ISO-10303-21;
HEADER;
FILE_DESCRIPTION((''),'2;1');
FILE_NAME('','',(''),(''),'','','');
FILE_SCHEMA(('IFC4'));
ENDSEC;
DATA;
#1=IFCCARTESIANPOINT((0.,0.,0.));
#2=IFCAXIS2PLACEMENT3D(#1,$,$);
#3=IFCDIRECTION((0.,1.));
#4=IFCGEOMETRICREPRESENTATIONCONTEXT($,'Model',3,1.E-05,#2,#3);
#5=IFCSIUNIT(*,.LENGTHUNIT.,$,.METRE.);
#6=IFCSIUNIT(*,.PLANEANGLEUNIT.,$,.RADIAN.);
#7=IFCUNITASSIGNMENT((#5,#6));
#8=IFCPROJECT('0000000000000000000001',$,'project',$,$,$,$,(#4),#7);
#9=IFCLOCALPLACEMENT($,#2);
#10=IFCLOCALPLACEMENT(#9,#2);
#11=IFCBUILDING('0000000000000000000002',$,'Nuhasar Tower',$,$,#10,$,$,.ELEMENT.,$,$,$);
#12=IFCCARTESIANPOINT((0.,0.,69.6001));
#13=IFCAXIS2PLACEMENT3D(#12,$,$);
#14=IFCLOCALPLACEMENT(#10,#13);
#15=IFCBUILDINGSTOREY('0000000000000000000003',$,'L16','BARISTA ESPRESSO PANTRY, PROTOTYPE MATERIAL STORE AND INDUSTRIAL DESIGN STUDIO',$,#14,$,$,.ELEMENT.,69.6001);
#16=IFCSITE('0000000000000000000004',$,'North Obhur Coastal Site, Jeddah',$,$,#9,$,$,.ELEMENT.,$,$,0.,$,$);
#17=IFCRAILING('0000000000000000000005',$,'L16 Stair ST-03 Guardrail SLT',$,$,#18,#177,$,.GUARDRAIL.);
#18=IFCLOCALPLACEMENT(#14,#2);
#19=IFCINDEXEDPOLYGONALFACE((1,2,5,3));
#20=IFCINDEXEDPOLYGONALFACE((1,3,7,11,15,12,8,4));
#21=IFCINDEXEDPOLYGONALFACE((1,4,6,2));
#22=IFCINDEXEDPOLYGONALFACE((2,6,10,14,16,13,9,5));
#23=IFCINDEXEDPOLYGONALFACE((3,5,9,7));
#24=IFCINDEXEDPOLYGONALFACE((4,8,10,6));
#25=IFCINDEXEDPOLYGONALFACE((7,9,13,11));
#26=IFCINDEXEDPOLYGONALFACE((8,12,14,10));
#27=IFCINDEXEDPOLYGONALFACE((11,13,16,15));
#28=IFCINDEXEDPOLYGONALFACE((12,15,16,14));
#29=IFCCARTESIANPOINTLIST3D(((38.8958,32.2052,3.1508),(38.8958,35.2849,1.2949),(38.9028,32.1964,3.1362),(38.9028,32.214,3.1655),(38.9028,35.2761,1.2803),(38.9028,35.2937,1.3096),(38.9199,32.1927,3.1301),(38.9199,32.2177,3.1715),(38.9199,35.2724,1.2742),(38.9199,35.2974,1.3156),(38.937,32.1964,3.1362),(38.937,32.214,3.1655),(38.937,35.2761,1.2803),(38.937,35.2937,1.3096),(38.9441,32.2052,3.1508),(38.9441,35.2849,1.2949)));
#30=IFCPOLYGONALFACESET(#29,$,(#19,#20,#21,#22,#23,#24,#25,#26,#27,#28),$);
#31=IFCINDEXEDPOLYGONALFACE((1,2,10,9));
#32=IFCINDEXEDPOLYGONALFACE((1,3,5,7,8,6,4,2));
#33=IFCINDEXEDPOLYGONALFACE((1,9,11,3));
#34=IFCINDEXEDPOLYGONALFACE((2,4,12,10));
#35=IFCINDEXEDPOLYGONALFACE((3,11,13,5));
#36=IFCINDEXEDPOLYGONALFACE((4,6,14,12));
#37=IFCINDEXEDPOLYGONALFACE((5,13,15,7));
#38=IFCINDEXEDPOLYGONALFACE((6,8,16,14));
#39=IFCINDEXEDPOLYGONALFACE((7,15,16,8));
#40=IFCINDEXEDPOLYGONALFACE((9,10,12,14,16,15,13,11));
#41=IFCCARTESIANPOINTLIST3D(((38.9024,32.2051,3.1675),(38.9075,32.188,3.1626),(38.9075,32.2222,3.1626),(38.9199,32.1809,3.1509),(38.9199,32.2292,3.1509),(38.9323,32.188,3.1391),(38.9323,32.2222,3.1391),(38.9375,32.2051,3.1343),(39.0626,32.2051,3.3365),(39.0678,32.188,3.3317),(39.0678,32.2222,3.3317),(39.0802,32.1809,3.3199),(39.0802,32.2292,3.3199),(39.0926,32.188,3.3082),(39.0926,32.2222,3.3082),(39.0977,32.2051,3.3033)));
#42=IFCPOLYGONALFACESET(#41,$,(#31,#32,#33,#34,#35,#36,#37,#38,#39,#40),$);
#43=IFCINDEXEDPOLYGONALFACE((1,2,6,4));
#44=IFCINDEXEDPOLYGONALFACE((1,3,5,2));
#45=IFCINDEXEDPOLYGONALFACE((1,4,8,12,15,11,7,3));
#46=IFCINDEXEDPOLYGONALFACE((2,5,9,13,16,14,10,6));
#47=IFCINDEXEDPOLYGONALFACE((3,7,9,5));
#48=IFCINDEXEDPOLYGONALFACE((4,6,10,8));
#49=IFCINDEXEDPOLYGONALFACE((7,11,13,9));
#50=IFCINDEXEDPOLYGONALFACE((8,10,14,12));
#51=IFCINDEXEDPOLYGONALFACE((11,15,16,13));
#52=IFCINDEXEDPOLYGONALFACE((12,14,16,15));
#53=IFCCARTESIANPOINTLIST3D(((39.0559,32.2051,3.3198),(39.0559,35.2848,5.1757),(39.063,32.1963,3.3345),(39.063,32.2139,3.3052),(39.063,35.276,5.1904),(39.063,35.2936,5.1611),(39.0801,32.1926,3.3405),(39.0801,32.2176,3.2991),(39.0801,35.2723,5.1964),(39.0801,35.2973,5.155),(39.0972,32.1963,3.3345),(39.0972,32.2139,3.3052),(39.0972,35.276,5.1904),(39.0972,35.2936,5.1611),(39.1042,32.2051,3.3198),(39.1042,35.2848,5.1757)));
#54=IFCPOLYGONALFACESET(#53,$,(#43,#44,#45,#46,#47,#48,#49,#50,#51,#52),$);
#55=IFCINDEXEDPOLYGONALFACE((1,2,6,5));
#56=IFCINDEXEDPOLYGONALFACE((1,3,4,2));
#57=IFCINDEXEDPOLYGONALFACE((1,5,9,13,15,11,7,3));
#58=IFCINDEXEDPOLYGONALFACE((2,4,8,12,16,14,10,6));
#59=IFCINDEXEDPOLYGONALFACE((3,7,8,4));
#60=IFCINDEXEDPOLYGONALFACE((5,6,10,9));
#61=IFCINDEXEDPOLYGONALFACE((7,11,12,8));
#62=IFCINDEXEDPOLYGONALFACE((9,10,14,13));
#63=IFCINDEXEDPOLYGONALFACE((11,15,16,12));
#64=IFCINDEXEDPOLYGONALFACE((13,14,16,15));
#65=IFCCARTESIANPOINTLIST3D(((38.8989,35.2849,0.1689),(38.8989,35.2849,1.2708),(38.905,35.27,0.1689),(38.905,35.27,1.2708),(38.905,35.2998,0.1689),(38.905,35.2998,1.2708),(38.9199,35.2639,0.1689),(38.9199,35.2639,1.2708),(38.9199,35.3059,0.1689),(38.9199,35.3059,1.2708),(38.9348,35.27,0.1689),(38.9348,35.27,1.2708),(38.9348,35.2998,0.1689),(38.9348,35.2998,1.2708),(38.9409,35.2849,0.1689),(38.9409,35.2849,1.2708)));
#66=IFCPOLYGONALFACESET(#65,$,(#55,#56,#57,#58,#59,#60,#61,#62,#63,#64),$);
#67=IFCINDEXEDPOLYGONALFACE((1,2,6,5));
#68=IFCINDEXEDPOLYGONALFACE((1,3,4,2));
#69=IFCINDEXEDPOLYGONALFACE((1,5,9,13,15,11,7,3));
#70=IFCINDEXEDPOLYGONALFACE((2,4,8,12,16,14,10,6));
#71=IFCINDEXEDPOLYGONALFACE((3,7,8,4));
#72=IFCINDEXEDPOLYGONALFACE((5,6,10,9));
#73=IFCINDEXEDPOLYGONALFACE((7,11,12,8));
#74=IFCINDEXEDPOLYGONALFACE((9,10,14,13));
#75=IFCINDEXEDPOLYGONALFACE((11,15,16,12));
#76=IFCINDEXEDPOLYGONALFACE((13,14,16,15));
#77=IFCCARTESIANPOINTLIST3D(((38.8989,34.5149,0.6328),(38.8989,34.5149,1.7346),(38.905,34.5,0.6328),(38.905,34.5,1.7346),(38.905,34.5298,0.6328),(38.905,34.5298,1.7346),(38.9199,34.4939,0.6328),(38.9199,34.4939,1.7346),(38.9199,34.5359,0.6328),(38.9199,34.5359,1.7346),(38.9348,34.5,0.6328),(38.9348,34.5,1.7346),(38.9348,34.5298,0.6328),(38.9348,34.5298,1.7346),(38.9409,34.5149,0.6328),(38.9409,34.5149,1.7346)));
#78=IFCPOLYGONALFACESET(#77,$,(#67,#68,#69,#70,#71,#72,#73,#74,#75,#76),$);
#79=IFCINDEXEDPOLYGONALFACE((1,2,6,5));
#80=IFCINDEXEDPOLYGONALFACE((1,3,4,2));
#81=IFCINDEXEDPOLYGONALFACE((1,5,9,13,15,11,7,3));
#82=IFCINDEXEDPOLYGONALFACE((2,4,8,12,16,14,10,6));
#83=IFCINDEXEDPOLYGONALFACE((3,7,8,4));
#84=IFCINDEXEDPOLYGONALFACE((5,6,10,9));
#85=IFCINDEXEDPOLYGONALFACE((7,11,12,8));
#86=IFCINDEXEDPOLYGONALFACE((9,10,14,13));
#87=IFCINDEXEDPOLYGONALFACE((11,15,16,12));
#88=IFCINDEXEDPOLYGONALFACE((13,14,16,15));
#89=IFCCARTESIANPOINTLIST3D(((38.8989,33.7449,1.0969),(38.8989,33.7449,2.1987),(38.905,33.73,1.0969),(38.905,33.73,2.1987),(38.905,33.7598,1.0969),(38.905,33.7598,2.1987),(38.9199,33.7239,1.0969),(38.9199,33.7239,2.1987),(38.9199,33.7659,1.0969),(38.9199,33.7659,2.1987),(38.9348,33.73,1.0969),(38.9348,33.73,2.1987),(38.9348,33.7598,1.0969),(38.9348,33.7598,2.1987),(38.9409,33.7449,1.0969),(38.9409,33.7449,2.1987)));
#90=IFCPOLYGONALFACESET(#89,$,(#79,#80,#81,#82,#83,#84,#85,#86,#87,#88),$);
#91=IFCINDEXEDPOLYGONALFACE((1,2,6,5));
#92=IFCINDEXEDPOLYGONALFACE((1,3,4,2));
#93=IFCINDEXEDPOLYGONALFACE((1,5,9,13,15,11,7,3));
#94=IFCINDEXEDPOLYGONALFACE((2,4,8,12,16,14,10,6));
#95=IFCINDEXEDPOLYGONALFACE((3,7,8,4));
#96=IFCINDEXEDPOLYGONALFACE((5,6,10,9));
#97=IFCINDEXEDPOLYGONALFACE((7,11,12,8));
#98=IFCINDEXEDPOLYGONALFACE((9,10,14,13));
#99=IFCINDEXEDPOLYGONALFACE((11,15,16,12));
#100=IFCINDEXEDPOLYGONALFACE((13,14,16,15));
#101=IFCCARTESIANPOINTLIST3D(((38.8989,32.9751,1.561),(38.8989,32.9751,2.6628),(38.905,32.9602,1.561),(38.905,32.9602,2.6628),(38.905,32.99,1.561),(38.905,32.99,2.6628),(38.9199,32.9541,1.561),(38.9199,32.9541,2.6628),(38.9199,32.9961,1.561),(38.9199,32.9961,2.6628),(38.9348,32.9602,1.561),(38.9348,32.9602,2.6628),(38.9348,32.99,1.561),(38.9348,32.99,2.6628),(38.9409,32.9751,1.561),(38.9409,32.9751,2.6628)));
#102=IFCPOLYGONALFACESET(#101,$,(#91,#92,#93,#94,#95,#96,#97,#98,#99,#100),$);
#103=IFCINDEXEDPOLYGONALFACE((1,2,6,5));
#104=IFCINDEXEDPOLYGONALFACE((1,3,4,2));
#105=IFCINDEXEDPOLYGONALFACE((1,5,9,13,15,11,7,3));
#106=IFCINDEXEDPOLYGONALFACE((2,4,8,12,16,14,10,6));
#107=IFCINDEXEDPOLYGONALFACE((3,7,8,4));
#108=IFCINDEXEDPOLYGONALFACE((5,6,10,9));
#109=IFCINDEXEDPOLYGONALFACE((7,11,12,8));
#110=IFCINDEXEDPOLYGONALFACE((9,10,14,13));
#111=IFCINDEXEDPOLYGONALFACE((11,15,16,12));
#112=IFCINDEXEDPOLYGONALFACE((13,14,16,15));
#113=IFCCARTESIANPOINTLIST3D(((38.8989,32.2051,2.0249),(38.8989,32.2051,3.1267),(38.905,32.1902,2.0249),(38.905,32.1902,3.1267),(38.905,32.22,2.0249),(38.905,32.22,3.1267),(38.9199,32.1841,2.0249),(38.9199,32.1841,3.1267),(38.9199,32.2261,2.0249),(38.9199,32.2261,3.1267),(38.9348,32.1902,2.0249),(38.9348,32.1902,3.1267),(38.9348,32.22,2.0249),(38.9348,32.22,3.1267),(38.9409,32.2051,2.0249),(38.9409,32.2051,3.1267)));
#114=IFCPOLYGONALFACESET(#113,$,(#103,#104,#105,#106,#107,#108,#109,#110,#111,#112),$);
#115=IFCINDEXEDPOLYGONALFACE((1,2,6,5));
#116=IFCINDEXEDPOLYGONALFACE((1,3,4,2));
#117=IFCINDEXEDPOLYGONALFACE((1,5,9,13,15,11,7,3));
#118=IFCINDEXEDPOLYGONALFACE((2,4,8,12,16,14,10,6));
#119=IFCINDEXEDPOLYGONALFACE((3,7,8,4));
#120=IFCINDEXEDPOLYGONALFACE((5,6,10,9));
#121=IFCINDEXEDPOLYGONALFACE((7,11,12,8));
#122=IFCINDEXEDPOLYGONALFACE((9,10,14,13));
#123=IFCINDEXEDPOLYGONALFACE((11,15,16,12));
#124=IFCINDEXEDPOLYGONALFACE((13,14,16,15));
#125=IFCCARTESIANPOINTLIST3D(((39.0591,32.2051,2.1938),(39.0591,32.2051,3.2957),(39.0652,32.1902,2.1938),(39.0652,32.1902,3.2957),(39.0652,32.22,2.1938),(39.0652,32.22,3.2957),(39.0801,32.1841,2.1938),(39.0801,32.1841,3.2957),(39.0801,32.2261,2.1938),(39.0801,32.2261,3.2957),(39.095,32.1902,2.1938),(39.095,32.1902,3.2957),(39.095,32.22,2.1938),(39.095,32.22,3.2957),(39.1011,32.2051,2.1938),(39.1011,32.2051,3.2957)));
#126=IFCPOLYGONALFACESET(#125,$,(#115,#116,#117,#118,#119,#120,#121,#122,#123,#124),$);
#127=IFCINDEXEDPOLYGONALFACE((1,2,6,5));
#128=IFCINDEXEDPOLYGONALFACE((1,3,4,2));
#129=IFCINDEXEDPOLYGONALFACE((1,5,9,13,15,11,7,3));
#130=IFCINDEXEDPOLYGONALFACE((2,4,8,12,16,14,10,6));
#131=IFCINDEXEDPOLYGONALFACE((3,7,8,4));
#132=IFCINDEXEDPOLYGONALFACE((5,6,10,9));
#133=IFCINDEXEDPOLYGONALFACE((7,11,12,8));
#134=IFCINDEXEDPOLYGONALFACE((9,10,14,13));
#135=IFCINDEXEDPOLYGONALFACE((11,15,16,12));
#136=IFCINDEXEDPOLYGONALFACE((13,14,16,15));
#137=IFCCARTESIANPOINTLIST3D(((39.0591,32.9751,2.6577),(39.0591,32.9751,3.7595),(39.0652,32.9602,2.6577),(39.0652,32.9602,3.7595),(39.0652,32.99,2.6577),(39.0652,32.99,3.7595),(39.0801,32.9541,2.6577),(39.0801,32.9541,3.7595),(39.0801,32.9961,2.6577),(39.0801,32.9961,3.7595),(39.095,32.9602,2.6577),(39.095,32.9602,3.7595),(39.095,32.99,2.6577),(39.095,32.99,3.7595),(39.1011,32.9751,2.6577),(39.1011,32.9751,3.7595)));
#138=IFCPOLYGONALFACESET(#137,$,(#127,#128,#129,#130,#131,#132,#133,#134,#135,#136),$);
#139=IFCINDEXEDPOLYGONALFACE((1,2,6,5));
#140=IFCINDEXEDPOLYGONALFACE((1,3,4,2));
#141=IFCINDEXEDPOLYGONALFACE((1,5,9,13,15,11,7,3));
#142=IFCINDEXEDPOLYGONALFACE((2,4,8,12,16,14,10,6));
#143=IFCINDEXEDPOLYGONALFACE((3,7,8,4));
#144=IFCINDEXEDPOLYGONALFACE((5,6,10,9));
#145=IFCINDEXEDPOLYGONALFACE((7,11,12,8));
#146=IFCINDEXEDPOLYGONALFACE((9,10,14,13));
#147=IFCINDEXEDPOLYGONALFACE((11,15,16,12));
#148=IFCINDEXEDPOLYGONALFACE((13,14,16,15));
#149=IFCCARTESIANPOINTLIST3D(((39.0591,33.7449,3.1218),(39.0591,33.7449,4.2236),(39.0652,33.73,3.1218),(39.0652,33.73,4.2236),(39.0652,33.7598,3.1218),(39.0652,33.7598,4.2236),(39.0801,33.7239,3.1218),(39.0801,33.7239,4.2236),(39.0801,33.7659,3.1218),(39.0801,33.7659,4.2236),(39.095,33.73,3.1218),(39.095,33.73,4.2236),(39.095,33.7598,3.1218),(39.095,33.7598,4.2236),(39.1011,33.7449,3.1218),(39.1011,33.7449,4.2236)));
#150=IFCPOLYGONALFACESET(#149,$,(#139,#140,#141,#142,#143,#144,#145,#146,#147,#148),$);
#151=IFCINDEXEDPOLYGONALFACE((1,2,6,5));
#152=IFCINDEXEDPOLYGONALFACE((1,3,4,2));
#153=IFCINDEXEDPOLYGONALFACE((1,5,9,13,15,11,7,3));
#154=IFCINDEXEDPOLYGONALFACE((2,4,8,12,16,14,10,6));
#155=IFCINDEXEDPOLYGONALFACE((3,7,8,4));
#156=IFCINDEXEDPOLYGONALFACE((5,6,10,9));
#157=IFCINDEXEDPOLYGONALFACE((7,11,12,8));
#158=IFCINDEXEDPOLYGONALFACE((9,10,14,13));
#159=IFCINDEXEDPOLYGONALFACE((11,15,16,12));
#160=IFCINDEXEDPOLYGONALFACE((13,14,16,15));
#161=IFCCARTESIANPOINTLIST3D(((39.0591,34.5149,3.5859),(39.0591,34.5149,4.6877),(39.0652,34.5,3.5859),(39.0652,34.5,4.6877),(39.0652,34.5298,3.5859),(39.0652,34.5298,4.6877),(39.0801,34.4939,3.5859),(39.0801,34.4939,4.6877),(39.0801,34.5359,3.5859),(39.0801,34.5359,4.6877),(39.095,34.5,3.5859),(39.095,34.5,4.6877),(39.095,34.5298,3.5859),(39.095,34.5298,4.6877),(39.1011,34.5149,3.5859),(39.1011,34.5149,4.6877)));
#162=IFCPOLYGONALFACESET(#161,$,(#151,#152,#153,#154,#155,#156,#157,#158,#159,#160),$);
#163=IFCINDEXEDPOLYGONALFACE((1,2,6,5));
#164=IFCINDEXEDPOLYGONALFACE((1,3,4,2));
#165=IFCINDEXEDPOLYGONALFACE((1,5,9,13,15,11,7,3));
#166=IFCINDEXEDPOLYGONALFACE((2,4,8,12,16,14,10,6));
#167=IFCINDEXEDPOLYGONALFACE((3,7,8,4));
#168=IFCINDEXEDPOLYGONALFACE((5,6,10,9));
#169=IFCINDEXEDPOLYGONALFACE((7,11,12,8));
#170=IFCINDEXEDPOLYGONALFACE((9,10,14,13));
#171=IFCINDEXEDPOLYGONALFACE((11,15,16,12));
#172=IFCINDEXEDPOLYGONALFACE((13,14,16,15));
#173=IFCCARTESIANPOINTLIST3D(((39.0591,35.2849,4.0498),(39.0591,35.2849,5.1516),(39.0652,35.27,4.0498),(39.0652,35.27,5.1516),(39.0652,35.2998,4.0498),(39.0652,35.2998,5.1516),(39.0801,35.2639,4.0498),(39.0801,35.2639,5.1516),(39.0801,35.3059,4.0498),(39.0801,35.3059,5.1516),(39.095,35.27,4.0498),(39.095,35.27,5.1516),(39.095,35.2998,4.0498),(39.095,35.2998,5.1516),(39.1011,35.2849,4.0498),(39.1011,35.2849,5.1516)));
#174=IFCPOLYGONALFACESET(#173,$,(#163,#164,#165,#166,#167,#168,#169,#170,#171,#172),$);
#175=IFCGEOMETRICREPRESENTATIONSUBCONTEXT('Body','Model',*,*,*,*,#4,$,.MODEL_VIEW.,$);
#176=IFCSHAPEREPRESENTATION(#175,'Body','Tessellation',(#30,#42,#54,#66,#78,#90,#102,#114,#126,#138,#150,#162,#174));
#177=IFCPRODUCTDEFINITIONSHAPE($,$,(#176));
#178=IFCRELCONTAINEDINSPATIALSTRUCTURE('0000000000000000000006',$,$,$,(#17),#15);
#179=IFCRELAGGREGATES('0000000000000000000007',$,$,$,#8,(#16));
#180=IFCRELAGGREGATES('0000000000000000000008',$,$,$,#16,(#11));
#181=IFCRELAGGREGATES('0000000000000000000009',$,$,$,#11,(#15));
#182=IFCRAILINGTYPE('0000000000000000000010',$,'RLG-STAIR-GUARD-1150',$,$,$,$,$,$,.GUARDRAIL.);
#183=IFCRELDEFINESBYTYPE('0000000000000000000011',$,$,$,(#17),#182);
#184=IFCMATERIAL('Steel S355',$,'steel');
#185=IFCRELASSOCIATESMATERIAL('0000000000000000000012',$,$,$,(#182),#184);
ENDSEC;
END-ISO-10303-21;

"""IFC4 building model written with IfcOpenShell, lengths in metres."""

from ifc_helpers import new_model, si_unit, direction, frame, origin, place, context, subcontext, project, spatial, polyline, outline, extrude, material, type_object, element, save


model = new_model("IFC4")

# Units and contexts
model_context = context("Model", 3, precision=1e-05, world=origin(), true_north=direction((0.0, 1.0)))
body_context = subcontext(model_context, "Body", "Model", "MODEL_VIEW")
ifc_project = project(units=[si_unit("LENGTHUNIT", "METRE"), si_unit("PLANEANGLEUNIT", "RADIAN")], contexts=[model_context])

# Site, building, storey
site_placement = place(None, origin())
site = spatial("IfcSite", under=ifc_project, at=site_placement, Name="North Obhur Coastal Site, Jeddah", CompositionType="ELEMENT", RefElevation=0.0)
building_placement = place(site_placement, origin())
building = spatial("IfcBuilding", under=site, at=building_placement, Name="Nuhasar Tower", CompositionType="ELEMENT")
storey_placement = place(building_placement, frame((0.0, 0.0, 69.6001)))
storey = spatial("IfcBuildingStorey", under=building, at=storey_placement, Name="L16", Description="BARISTA ESPRESSO PANTRY, PROTOTYPE MATERIAL STORE AND INDUSTRIAL DESIGN STUDIO", CompositionType="ELEMENT", Elevation=69.6001)

# Shared definitions
ifc_material_1 = material(Name="Steel S355", Category="steel")

# Railing
railing_type_1 = type_object("IfcRailingType", Name="RLG-STAIR-GUARD-1150", PredefinedType="GUARDRAIL", material=ifc_material_1)
railing_1_placement = place(storey_placement, frame((38.9199, 35.2849, 0.1689)))
element("IfcRailing", 1, at=railing_1_placement, inside=storey, type_object=railing_type_1, Name="L16 Stair ST-03 Guardrail SLT", PredefinedType="GUARDRAIL", context=body_context, shape_type="SweptSolid", body=[
    extrude(outline(polyline([(0.0242, 0.0), (0.0171, 0.0171), (0.0, 0.0242), (-0.0171, 0.0171), (-0.0242, 0.0), (-0.0171, -0.0171), (0.0, -0.0242), (0.0171, -0.0171), (0.0242, 0.0)])), frame((0.0, 0.0, 1.126), z_axis=(0.0, -0.856503, 0.516142), x_axis=(1.0, 0.0, 0.0)), (0.0, 0.0, 1.0), 3.5957),
    extrude(outline(polyline([(0.0242, 0.0), (0.0171, 0.0171), (0.0, 0.0242), (-0.0171, 0.0171), (-0.0242, 0.0), (-0.0171, -0.0171), (0.0, -0.0242), (0.0171, -0.0171), (0.0242, 0.0)])), frame((0.0, -3.0798, 2.9819), z_axis=(0.687977, 0.0, 0.725732), x_axis=(0.0, 1.0, 0.0)), (0.0, 0.0, 1.0), 0.2329),
    extrude(outline(polyline([(0.0242, 0.0), (0.0171, 0.0171), (0.0, 0.0242), (-0.0171, 0.0171), (-0.0242, 0.0), (-0.0171, -0.0171), (0.0, -0.0242), (0.0171, -0.0171), (0.0242, 0.0)])), frame((0.1602, -3.0798, 3.1509), z_axis=(0.0, 0.856503, 0.516142), x_axis=(-1.0, 0.0, 0.0)), (0.0, 0.0, 1.0), 3.5957),
    extrude(outline(polyline([(0.021, 0.0), (0.0149, 0.0149), (0.0, 0.021), (-0.0149, 0.0149), (-0.021, 0.0), (-0.0149, -0.0149), (0.0, -0.021), (0.0149, -0.0149), (0.021, 0.0)])), origin(), (0.0, 0.0, 1.0), 1.1018),
    extrude(outline(polyline([(0.021, 0.0), (0.0149, 0.0149), (0.0, 0.021), (-0.0149, 0.0149), (-0.021, 0.0), (-0.0149, -0.0149), (0.0, -0.021), (0.0149, -0.0149), (0.021, 0.0)])), frame((0.0, -0.77, 0.4639)), (0.0, 0.0, 1.0), 1.1018),
    extrude(outline(polyline([(0.021, 0.0), (0.0149, 0.0149), (0.0, 0.021), (-0.0149, 0.0149), (-0.021, 0.0), (-0.0149, -0.0149), (0.0, -0.021), (0.0149, -0.0149), (0.021, 0.0)])), frame((0.0, -1.54, 0.928)), (0.0, 0.0, 1.0), 1.1018),
    extrude(outline(polyline([(0.021, 0.0), (0.0149, 0.0149), (0.0, 0.021), (-0.0149, 0.0149), (-0.021, 0.0), (-0.0149, -0.0149), (0.0, -0.021), (0.0149, -0.0149), (0.021, 0.0)])), frame((0.0, -2.3098, 1.3921)), (0.0, 0.0, 1.0), 1.1018),
    extrude(outline(polyline([(0.021, 0.0), (0.0149, 0.0149), (0.0, 0.021), (-0.0149, 0.0149), (-0.021, 0.0), (-0.0149, -0.0149), (0.0, -0.021), (0.0149, -0.0149), (0.021, 0.0)])), frame((0.0, -3.0798, 1.856)), (0.0, 0.0, 1.0), 1.1018),
    extrude(outline(polyline([(0.021, 0.0), (0.0149, 0.0149), (0.0, 0.021), (-0.0149, 0.0149), (-0.021, 0.0), (-0.0149, -0.0149), (0.0, -0.021), (0.0149, -0.0149), (0.021, 0.0)])), frame((0.1602, -3.0798, 2.0249)), (0.0, 0.0, 1.0), 1.1018),
    extrude(outline(polyline([(0.021, 0.0), (0.0149, 0.0149), (0.0, 0.021), (-0.0149, 0.0149), (-0.021, 0.0), (-0.0149, -0.0149), (0.0, -0.021), (0.0149, -0.0149), (0.021, 0.0)])), frame((0.1602, -2.3098, 2.4888)), (0.0, 0.0, 1.0), 1.1018),
    extrude(outline(polyline([(0.021, 0.0), (0.0149, 0.0149), (0.0, 0.021), (-0.0149, 0.0149), (-0.021, 0.0), (-0.0149, -0.0149), (0.0, -0.021), (0.0149, -0.0149), (0.021, 0.0)])), frame((0.1602, -1.54, 2.9529)), (0.0, 0.0, 1.0), 1.1018),
    extrude(outline(polyline([(0.021, 0.0), (0.0149, 0.0149), (0.0, 0.021), (-0.0149, 0.0149), (-0.021, 0.0), (-0.0149, -0.0149), (0.0, -0.021), (0.0149, -0.0149), (0.021, 0.0)])), frame((0.1602, -0.77, 3.417)), (0.0, 0.0, 1.0), 1.1018),
    extrude(outline(polyline([(0.021, 0.0), (0.0149, 0.0149), (0.0, 0.021), (-0.0149, 0.0149), (-0.021, 0.0), (-0.0149, -0.0149), (0.0, -0.021), (0.0149, -0.0149), (0.021, 0.0)])), frame((0.1602, 0.0, 3.8809)), (0.0, 0.0, 1.0), 1.1018),
])

save(model, "model.ifc")
